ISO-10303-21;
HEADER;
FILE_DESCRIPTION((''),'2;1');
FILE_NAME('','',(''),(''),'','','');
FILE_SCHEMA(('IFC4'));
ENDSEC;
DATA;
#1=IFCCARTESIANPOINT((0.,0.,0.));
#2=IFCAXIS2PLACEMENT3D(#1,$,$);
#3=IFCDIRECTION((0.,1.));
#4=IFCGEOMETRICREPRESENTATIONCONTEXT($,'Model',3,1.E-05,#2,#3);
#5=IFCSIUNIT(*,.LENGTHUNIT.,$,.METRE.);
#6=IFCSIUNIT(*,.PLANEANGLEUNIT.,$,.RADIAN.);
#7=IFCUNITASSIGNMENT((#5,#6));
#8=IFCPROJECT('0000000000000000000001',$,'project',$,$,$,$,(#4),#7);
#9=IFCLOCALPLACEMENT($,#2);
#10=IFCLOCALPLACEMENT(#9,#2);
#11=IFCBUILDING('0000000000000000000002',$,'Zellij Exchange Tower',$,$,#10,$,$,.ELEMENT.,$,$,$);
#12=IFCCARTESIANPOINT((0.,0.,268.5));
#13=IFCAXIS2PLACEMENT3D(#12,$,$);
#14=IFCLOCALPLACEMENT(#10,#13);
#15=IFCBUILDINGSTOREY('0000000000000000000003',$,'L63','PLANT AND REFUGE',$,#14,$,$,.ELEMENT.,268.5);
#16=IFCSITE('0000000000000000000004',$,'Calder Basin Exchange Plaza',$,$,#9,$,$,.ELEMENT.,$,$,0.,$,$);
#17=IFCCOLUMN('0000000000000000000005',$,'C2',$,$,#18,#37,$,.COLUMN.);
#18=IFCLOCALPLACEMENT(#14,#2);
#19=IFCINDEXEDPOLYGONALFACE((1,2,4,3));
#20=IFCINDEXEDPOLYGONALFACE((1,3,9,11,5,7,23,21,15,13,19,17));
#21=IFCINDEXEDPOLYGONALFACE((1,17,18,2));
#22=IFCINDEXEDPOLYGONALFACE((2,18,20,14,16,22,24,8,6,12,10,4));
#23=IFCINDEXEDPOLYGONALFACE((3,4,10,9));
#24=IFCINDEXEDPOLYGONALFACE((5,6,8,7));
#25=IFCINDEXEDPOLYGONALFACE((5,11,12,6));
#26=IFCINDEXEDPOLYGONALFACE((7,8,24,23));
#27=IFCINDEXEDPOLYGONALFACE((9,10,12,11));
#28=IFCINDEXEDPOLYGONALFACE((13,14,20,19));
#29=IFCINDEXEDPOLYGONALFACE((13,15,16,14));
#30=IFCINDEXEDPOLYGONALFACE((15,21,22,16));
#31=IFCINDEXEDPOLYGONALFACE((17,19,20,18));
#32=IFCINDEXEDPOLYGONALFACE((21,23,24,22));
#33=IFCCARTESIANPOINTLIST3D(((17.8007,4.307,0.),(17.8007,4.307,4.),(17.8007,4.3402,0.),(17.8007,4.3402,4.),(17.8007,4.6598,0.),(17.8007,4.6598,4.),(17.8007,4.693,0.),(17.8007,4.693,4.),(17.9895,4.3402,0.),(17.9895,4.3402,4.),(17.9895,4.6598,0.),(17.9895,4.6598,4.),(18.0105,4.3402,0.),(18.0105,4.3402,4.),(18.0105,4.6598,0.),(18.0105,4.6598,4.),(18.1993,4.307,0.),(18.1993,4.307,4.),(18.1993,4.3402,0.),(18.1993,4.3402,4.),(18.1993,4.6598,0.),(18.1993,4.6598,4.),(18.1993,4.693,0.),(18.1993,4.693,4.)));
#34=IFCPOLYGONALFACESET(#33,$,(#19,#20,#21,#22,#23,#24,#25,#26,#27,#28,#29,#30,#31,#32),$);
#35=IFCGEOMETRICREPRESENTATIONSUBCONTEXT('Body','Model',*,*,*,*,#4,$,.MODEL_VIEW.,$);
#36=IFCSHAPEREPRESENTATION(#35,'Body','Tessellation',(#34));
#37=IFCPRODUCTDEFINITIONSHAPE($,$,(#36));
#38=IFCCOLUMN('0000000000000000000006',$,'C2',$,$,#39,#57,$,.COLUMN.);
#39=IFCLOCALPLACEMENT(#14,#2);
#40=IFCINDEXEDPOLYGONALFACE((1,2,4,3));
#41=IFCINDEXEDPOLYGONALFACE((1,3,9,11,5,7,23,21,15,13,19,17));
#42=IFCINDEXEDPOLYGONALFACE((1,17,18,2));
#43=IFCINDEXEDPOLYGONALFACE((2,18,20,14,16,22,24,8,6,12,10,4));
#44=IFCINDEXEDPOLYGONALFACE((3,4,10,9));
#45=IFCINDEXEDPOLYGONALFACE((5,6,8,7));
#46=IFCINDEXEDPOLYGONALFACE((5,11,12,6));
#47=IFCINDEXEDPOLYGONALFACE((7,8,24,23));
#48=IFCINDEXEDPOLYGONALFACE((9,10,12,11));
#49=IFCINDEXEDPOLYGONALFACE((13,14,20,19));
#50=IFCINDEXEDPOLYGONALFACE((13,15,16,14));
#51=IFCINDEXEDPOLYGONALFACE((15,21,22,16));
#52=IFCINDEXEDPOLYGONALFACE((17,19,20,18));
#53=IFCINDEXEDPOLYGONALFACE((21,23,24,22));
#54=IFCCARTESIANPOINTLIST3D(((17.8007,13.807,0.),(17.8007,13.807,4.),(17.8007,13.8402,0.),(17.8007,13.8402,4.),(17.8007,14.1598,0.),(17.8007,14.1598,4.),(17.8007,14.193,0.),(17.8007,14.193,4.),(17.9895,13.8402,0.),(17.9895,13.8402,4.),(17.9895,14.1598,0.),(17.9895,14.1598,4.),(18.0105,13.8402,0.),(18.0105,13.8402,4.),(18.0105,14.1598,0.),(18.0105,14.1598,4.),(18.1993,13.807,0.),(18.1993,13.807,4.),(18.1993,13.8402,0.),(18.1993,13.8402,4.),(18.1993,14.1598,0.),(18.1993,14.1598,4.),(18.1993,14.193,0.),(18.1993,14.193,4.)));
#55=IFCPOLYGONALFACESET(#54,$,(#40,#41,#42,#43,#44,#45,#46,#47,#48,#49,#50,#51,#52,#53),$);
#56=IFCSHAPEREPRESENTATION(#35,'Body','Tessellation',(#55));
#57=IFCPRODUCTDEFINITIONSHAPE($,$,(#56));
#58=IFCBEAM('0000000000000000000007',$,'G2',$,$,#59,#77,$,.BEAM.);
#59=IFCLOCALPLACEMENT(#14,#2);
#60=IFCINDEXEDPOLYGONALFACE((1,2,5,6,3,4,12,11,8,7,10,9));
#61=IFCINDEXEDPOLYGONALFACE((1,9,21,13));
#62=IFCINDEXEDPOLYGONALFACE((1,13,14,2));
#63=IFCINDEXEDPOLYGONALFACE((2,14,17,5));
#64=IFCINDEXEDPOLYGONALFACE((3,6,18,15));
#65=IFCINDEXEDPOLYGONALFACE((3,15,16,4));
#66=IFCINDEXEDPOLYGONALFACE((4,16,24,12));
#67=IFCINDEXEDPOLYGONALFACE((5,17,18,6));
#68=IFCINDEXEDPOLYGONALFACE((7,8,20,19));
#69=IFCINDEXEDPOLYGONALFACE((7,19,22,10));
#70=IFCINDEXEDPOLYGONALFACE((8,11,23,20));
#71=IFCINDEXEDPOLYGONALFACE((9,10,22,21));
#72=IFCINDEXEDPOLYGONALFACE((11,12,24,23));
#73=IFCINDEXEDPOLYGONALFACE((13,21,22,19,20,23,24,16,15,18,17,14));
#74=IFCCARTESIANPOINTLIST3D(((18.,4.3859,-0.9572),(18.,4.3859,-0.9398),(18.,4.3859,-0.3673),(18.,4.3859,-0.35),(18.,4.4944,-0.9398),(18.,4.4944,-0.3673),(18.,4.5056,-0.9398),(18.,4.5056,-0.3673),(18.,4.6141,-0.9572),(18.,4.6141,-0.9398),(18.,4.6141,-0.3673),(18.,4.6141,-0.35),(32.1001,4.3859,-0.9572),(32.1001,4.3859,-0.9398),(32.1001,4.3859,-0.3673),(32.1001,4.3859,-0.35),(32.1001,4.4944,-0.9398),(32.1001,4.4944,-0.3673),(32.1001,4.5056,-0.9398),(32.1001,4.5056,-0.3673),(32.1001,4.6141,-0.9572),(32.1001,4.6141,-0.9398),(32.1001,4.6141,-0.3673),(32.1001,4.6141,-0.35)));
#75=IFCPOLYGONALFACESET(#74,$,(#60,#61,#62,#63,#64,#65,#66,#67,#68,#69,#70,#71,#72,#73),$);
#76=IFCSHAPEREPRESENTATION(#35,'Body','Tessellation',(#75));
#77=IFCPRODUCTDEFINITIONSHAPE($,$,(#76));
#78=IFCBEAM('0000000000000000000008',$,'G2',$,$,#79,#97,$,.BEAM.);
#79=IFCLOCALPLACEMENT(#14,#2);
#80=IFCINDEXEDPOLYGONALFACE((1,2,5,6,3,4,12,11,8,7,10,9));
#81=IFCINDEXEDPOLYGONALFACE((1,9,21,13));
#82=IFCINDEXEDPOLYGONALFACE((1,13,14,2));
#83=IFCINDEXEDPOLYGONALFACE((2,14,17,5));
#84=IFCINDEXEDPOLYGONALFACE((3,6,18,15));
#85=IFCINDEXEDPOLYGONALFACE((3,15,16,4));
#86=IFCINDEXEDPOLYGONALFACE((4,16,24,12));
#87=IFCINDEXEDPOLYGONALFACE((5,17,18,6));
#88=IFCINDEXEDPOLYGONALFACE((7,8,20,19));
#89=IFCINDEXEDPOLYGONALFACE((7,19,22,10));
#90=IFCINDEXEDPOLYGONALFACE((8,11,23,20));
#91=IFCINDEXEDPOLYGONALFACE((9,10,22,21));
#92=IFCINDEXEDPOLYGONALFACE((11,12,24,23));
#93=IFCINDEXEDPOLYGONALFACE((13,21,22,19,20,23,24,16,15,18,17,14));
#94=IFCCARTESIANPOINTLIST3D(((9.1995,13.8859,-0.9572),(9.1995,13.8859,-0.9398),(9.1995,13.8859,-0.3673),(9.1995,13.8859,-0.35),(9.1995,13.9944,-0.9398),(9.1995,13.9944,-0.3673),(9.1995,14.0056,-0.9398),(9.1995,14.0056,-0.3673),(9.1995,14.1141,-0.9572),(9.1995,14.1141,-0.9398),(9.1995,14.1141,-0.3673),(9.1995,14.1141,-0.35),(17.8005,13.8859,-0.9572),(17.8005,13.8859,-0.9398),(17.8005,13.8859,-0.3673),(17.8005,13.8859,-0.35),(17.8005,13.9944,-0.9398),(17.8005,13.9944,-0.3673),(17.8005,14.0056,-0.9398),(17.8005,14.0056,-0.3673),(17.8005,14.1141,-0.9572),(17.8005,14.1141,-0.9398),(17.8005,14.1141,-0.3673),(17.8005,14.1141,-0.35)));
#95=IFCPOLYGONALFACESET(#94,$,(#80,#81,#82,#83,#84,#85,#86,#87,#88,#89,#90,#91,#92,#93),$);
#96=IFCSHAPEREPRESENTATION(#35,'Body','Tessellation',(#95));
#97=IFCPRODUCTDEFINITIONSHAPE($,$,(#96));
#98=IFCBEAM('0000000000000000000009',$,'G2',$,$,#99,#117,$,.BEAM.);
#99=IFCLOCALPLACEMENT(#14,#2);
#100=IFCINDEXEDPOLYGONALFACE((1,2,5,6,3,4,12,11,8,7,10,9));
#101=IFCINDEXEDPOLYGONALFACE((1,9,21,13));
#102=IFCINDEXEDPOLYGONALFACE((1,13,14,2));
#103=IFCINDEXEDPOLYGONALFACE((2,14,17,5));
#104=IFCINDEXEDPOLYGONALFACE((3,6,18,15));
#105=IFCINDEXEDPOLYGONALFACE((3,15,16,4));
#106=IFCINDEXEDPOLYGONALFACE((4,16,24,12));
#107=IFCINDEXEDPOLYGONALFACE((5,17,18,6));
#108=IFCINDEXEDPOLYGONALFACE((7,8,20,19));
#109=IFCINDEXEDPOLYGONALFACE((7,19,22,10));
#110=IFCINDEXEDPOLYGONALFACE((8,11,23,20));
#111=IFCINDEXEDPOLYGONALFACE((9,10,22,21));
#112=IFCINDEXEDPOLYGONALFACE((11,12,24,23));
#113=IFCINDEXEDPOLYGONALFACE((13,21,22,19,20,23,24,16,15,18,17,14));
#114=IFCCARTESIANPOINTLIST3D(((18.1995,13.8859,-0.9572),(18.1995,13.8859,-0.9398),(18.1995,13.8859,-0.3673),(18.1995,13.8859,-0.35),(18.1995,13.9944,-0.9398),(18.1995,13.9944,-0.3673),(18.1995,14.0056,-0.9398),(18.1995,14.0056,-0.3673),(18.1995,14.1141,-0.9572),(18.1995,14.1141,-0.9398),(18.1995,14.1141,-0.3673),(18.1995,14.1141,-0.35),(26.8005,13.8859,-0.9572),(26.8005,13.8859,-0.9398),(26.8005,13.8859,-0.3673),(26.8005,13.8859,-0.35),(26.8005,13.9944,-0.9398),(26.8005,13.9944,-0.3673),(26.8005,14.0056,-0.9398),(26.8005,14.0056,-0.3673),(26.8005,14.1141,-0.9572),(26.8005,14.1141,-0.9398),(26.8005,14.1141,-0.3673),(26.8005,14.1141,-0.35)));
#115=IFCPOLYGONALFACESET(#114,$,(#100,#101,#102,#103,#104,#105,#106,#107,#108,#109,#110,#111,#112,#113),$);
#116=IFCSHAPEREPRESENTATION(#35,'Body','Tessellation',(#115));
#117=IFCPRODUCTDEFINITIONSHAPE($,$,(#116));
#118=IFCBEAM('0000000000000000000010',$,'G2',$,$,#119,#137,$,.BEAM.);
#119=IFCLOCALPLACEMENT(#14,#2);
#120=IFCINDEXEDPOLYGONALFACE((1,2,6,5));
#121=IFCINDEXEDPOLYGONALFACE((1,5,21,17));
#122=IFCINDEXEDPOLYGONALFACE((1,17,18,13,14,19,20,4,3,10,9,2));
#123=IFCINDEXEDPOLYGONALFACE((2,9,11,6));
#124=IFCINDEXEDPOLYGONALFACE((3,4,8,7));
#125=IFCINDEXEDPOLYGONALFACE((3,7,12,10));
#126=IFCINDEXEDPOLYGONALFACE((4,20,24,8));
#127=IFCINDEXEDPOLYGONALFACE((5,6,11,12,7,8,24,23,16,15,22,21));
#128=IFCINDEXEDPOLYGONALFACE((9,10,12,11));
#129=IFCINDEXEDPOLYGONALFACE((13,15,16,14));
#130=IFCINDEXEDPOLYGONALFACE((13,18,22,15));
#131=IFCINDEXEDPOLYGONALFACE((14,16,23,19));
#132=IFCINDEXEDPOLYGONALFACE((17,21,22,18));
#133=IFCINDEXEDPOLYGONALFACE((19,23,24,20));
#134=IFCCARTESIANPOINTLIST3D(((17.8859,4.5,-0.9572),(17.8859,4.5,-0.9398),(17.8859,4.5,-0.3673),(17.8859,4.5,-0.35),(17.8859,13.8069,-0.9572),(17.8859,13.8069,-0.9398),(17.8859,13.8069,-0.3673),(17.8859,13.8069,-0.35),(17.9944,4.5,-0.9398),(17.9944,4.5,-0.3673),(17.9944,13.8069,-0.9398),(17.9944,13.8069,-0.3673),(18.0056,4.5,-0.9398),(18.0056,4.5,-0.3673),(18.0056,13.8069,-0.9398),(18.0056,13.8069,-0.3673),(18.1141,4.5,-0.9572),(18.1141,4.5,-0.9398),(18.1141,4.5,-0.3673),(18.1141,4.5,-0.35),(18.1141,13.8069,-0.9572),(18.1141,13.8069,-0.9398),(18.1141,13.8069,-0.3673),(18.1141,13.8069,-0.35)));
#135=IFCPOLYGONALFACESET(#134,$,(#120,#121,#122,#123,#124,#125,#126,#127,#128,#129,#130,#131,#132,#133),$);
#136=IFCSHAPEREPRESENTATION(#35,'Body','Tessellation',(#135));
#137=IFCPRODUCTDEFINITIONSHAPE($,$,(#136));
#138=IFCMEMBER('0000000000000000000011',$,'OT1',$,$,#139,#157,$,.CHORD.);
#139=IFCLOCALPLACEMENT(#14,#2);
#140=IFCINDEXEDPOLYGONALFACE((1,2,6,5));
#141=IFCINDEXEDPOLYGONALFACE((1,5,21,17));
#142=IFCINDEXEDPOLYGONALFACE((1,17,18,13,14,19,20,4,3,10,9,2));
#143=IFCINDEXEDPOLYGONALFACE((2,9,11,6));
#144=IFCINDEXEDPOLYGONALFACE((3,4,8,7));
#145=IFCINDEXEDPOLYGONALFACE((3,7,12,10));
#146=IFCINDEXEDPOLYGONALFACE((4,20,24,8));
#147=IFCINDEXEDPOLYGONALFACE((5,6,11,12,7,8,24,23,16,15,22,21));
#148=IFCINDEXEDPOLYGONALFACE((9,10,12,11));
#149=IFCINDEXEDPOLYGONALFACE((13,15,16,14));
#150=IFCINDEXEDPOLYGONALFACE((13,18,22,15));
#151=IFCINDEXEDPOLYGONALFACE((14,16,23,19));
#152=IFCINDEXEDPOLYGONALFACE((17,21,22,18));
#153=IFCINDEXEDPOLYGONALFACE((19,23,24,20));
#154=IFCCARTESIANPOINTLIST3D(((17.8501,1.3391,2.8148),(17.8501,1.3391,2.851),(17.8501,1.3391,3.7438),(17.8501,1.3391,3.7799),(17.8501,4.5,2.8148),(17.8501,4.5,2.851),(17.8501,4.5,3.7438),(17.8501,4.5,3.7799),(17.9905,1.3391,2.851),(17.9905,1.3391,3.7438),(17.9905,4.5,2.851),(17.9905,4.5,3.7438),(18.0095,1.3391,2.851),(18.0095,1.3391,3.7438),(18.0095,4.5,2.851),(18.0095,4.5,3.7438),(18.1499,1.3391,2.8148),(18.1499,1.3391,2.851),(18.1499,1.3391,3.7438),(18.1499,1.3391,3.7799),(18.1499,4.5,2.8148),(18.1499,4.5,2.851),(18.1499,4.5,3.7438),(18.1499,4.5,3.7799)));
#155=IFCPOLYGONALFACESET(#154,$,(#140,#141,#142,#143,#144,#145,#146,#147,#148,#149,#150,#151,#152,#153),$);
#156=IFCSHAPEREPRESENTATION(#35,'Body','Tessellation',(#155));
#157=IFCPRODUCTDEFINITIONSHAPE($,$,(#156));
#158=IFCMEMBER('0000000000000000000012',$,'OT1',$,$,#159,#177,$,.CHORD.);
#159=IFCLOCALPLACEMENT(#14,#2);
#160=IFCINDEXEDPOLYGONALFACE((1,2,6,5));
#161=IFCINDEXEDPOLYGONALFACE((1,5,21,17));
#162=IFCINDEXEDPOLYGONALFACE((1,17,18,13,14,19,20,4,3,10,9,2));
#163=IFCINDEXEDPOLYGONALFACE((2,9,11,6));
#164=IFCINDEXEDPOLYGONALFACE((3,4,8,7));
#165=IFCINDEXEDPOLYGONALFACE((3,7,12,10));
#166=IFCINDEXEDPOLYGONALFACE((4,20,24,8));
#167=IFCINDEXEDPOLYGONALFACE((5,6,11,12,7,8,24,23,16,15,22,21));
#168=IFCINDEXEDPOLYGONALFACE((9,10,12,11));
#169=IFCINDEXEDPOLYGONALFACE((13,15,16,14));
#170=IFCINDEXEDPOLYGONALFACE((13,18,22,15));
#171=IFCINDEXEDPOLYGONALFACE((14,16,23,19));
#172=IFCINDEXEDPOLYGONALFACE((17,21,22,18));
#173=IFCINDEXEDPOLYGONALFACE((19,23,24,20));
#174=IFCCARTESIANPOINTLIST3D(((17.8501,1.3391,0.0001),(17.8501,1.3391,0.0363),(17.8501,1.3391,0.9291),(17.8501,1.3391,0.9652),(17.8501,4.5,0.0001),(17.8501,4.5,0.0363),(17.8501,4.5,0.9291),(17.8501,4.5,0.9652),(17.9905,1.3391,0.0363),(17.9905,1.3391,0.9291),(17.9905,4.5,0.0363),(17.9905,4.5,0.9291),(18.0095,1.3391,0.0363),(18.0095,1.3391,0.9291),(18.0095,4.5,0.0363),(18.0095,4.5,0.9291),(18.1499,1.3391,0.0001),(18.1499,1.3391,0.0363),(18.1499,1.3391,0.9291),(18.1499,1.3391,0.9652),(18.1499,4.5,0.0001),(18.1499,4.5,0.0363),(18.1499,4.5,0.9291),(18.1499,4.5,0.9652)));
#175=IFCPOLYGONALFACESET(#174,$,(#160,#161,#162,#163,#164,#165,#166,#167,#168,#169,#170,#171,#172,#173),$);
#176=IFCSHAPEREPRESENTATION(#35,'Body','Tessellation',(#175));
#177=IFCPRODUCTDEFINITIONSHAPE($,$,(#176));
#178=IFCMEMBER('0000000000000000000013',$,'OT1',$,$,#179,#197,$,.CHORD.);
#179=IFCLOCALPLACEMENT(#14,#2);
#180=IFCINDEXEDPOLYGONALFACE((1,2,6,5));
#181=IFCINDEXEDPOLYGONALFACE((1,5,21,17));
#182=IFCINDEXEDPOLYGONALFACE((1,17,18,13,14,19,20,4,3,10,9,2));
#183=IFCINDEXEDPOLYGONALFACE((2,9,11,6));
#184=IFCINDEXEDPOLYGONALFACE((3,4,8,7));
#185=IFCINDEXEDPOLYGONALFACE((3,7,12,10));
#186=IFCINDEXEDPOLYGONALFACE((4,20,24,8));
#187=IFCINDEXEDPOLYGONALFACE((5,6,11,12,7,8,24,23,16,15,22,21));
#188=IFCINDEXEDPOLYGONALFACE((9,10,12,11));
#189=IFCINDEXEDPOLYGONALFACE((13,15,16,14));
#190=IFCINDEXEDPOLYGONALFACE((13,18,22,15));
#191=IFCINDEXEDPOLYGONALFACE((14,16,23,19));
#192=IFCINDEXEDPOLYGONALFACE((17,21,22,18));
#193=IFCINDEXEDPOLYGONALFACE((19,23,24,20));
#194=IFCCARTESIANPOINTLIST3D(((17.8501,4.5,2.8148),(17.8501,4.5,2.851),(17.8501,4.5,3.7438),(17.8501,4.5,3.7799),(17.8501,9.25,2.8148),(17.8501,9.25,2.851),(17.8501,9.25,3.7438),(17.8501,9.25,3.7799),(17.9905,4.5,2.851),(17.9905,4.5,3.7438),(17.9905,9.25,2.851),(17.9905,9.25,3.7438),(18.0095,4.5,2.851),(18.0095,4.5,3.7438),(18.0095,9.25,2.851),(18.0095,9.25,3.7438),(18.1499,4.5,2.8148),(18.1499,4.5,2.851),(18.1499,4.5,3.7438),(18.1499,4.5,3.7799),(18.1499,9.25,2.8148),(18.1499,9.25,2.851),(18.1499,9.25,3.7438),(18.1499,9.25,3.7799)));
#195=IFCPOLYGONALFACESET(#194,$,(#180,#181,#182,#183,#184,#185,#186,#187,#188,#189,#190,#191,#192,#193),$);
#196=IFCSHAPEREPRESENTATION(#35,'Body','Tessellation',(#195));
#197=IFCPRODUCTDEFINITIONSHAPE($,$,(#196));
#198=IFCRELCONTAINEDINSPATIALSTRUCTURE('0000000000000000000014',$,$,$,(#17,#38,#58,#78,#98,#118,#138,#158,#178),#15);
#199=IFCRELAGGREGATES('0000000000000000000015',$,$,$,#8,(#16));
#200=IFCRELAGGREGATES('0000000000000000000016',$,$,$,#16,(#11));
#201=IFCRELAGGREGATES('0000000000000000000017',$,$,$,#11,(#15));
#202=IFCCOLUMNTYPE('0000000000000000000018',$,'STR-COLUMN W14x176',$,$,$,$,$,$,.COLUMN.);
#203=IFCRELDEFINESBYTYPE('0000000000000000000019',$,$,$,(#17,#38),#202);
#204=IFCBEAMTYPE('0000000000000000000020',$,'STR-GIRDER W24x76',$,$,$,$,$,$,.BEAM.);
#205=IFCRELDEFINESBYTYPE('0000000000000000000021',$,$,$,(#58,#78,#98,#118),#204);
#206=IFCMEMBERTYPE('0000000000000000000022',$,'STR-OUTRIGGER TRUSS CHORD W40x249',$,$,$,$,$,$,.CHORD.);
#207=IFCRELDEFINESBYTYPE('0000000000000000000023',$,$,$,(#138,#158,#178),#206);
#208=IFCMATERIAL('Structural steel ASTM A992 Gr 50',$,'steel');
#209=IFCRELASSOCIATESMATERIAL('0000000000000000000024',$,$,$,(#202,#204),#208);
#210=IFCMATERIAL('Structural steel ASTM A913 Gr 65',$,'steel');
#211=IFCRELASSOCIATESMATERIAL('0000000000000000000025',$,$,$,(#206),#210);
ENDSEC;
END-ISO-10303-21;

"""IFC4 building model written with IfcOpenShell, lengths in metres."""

from ifc_helpers import new_model, si_unit, direction, frame, origin, origin_2d, place, context, subcontext, project, spatial, i_section, extrude, material, material_profile, profile_set, type_object, element, save


model = new_model("IFC4")

# Units and contexts
model_context = context("Model", 3, precision=1e-05, world=origin(), true_north=direction((0.0, 1.0)))
body_context = subcontext(model_context, "Body", "Model", "MODEL_VIEW")
ifc_project = project(units=[si_unit("LENGTHUNIT", "METRE"), si_unit("PLANEANGLEUNIT", "RADIAN")], contexts=[model_context])

# Site, building, storey
site_placement = place(None, origin())
site = spatial("IfcSite", under=ifc_project, at=site_placement, Name="Calder Basin Exchange Plaza", CompositionType="ELEMENT", RefElevation=0.0)
building_placement = place(site_placement, origin())
building = spatial("IfcBuilding", under=site, at=building_placement, Name="Zellij Exchange Tower", CompositionType="ELEMENT")
storey_placement = place(building_placement, frame((0.0, 0.0, 268.5)))
storey = spatial("IfcBuildingStorey", under=building, at=storey_placement, Name="L63", Description="PLANT AND REFUGE", CompositionType="ELEMENT", Elevation=268.5)

# Columns
ifc_material_1 = material(Name="Structural steel ASTM A992 Gr 50", Category="steel")
ifc_material_profile_1 = material_profile(ifc_material_1, i_section(OverallWidth=0.3987, OverallDepth=0.386, WebThickness=0.021, FlangeThickness=0.0332, at=origin_2d()), Name="W14x176")
ifc_profile_set_1 = profile_set([ifc_material_profile_1], Name="Structural steel ASTM A992 Gr 50")
column_type = type_object("IfcColumnType", Name="STR-COLUMN W14x176", PredefinedType="COLUMN", material=ifc_profile_set_1)
for number, where, z_axis, x_axis, name in (
    (1, (18.0, 4.5, 0.0), (0.0, 0.0, 1.0), (1.0, 0.0, 0.0), "C2"),
    (2, (18.0, 14.0, 0.0), (0.0, 0.0, 1.0), (1.0, 0.0, 0.0), "C2"),
):
    element("IfcColumn", number, at=place(storey_placement, frame(where, z_axis=z_axis, x_axis=x_axis)), inside=storey, type_object=column_type, Name=name, PredefinedType="COLUMN", context=body_context, shape_type="SweptSolid", body=[
        extrude(i_section(OverallWidth=0.3987, OverallDepth=0.386, WebThickness=0.021, FlangeThickness=0.0332, at=origin_2d()), origin(), (0.0, 0.0, 1.0), 4.0),
    ])

# Beams
ifc_material_profile_2 = material_profile(ifc_material_1, i_section(OverallWidth=0.2283, OverallDepth=0.6072, WebThickness=0.0112, FlangeThickness=0.0173, at=origin_2d()), Name="W24x76")
ifc_profile_set_2 = profile_set([ifc_material_profile_2], Name="Structural steel ASTM A992 Gr 50")
beam_type = type_object("IfcBeamType", Name="STR-GIRDER W24x76", PredefinedType="BEAM", material=ifc_profile_set_2)
beam_1_placement = place(storey_placement, frame((18.0, 4.5, -0.6536), z_axis=(1.0, 0.0, 0.0), x_axis=(0.0, 1.0, 0.0)))
element("IfcBeam", 3, at=beam_1_placement, inside=storey, type_object=beam_type, Name="G2", PredefinedType="BEAM", context=body_context, shape_type="SweptSolid", body=[
    extrude(i_section(OverallWidth=0.2283, OverallDepth=0.6072, WebThickness=0.0112, FlangeThickness=0.0173, at=origin_2d()), origin(), (0.0, 0.0, 1.0), 14.1001),
])
for number, where, z_axis, x_axis, name in (
    (4, (9.1995, 14.0, -0.6536), (1.0, 0.0, 0.0), (0.0, 1.0, 0.0), "G2"),
    (5, (18.1995, 14.0, -0.6536), (1.0, 0.0, 0.0), (0.0, 1.0, 0.0), "G2"),
):
    element("IfcBeam", number, at=place(storey_placement, frame(where, z_axis=z_axis, x_axis=x_axis)), inside=storey, type_object=beam_type, Name=name, PredefinedType="BEAM", context=body_context, shape_type="SweptSolid", body=[
        extrude(i_section(OverallWidth=0.2283, OverallDepth=0.6072, WebThickness=0.0112, FlangeThickness=0.0173, at=origin_2d()), origin(), (0.0, 0.0, 1.0), 8.6011),
    ])
beam_2_placement = place(storey_placement, frame((18.0, 4.5, -0.6536), z_axis=(0.0, 1.0, 0.0), x_axis=(-1.0, 0.0, 0.0)))
element("IfcBeam", 6, at=beam_2_placement, inside=storey, type_object=beam_type, Name="G2", PredefinedType="BEAM", context=body_context, shape_type="SweptSolid", body=[
    extrude(i_section(OverallWidth=0.2283, OverallDepth=0.6072, WebThickness=0.0112, FlangeThickness=0.0173, at=origin_2d()), origin(), (0.0, 0.0, 1.0), 9.3069),
])

# Members
ifc_material_2 = material(Name="Structural steel ASTM A913 Gr 65", Category="steel")
ifc_material_profile_3 = material_profile(ifc_material_2, i_section(OverallWidth=0.2998, OverallDepth=0.9651, WebThickness=0.019, FlangeThickness=0.0361, at=origin_2d()), Name="W40x249")
ifc_profile_set_3 = profile_set([ifc_material_profile_3], Name="Structural steel ASTM A913 Gr 65")
member_type_1 = type_object("IfcMemberType", Name="STR-OUTRIGGER TRUSS CHORD W40x249", PredefinedType="CHORD", material=ifc_profile_set_3)
for number, where, z_axis, x_axis, name in (
    (7, (18.0, 1.3391, 3.2974), (0.0, 1.0, 0.0), (-1.0, 0.0, 0.0), "OT1"),
    (8, (18.0, 1.3391, 0.4827), (0.0, 1.0, 0.0), (-1.0, 0.0, 0.0), "OT1"),
):
    element("IfcMember", number, at=place(storey_placement, frame(where, z_axis=z_axis, x_axis=x_axis)), inside=storey, type_object=member_type_1, Name=name, PredefinedType="CHORD", context=body_context, shape_type="SweptSolid", body=[
        extrude(i_section(OverallWidth=0.2998, OverallDepth=0.9651, WebThickness=0.019, FlangeThickness=0.0361, at=origin_2d()), origin(), (0.0, 0.0, 1.0), 3.1609),
    ])
for number, where, z_axis, x_axis, name in (
    (9, (18.0, 4.5, 3.2974), (0.0, 1.0, 0.0), (-1.0, 0.0, 0.0), "OT1"),
):
    element("IfcMember", number, at=place(storey_placement, frame(where, z_axis=z_axis, x_axis=x_axis)), inside=storey, type_object=member_type_1, Name=name, PredefinedType="CHORD", context=body_context, shape_type="SweptSolid", body=[
        extrude(i_section(OverallWidth=0.2998, OverallDepth=0.9651, WebThickness=0.019, FlangeThickness=0.0361, at=origin_2d()), origin(), (0.0, 0.0, 1.0), 4.75),
    ])

save(model, "model.ifc")
